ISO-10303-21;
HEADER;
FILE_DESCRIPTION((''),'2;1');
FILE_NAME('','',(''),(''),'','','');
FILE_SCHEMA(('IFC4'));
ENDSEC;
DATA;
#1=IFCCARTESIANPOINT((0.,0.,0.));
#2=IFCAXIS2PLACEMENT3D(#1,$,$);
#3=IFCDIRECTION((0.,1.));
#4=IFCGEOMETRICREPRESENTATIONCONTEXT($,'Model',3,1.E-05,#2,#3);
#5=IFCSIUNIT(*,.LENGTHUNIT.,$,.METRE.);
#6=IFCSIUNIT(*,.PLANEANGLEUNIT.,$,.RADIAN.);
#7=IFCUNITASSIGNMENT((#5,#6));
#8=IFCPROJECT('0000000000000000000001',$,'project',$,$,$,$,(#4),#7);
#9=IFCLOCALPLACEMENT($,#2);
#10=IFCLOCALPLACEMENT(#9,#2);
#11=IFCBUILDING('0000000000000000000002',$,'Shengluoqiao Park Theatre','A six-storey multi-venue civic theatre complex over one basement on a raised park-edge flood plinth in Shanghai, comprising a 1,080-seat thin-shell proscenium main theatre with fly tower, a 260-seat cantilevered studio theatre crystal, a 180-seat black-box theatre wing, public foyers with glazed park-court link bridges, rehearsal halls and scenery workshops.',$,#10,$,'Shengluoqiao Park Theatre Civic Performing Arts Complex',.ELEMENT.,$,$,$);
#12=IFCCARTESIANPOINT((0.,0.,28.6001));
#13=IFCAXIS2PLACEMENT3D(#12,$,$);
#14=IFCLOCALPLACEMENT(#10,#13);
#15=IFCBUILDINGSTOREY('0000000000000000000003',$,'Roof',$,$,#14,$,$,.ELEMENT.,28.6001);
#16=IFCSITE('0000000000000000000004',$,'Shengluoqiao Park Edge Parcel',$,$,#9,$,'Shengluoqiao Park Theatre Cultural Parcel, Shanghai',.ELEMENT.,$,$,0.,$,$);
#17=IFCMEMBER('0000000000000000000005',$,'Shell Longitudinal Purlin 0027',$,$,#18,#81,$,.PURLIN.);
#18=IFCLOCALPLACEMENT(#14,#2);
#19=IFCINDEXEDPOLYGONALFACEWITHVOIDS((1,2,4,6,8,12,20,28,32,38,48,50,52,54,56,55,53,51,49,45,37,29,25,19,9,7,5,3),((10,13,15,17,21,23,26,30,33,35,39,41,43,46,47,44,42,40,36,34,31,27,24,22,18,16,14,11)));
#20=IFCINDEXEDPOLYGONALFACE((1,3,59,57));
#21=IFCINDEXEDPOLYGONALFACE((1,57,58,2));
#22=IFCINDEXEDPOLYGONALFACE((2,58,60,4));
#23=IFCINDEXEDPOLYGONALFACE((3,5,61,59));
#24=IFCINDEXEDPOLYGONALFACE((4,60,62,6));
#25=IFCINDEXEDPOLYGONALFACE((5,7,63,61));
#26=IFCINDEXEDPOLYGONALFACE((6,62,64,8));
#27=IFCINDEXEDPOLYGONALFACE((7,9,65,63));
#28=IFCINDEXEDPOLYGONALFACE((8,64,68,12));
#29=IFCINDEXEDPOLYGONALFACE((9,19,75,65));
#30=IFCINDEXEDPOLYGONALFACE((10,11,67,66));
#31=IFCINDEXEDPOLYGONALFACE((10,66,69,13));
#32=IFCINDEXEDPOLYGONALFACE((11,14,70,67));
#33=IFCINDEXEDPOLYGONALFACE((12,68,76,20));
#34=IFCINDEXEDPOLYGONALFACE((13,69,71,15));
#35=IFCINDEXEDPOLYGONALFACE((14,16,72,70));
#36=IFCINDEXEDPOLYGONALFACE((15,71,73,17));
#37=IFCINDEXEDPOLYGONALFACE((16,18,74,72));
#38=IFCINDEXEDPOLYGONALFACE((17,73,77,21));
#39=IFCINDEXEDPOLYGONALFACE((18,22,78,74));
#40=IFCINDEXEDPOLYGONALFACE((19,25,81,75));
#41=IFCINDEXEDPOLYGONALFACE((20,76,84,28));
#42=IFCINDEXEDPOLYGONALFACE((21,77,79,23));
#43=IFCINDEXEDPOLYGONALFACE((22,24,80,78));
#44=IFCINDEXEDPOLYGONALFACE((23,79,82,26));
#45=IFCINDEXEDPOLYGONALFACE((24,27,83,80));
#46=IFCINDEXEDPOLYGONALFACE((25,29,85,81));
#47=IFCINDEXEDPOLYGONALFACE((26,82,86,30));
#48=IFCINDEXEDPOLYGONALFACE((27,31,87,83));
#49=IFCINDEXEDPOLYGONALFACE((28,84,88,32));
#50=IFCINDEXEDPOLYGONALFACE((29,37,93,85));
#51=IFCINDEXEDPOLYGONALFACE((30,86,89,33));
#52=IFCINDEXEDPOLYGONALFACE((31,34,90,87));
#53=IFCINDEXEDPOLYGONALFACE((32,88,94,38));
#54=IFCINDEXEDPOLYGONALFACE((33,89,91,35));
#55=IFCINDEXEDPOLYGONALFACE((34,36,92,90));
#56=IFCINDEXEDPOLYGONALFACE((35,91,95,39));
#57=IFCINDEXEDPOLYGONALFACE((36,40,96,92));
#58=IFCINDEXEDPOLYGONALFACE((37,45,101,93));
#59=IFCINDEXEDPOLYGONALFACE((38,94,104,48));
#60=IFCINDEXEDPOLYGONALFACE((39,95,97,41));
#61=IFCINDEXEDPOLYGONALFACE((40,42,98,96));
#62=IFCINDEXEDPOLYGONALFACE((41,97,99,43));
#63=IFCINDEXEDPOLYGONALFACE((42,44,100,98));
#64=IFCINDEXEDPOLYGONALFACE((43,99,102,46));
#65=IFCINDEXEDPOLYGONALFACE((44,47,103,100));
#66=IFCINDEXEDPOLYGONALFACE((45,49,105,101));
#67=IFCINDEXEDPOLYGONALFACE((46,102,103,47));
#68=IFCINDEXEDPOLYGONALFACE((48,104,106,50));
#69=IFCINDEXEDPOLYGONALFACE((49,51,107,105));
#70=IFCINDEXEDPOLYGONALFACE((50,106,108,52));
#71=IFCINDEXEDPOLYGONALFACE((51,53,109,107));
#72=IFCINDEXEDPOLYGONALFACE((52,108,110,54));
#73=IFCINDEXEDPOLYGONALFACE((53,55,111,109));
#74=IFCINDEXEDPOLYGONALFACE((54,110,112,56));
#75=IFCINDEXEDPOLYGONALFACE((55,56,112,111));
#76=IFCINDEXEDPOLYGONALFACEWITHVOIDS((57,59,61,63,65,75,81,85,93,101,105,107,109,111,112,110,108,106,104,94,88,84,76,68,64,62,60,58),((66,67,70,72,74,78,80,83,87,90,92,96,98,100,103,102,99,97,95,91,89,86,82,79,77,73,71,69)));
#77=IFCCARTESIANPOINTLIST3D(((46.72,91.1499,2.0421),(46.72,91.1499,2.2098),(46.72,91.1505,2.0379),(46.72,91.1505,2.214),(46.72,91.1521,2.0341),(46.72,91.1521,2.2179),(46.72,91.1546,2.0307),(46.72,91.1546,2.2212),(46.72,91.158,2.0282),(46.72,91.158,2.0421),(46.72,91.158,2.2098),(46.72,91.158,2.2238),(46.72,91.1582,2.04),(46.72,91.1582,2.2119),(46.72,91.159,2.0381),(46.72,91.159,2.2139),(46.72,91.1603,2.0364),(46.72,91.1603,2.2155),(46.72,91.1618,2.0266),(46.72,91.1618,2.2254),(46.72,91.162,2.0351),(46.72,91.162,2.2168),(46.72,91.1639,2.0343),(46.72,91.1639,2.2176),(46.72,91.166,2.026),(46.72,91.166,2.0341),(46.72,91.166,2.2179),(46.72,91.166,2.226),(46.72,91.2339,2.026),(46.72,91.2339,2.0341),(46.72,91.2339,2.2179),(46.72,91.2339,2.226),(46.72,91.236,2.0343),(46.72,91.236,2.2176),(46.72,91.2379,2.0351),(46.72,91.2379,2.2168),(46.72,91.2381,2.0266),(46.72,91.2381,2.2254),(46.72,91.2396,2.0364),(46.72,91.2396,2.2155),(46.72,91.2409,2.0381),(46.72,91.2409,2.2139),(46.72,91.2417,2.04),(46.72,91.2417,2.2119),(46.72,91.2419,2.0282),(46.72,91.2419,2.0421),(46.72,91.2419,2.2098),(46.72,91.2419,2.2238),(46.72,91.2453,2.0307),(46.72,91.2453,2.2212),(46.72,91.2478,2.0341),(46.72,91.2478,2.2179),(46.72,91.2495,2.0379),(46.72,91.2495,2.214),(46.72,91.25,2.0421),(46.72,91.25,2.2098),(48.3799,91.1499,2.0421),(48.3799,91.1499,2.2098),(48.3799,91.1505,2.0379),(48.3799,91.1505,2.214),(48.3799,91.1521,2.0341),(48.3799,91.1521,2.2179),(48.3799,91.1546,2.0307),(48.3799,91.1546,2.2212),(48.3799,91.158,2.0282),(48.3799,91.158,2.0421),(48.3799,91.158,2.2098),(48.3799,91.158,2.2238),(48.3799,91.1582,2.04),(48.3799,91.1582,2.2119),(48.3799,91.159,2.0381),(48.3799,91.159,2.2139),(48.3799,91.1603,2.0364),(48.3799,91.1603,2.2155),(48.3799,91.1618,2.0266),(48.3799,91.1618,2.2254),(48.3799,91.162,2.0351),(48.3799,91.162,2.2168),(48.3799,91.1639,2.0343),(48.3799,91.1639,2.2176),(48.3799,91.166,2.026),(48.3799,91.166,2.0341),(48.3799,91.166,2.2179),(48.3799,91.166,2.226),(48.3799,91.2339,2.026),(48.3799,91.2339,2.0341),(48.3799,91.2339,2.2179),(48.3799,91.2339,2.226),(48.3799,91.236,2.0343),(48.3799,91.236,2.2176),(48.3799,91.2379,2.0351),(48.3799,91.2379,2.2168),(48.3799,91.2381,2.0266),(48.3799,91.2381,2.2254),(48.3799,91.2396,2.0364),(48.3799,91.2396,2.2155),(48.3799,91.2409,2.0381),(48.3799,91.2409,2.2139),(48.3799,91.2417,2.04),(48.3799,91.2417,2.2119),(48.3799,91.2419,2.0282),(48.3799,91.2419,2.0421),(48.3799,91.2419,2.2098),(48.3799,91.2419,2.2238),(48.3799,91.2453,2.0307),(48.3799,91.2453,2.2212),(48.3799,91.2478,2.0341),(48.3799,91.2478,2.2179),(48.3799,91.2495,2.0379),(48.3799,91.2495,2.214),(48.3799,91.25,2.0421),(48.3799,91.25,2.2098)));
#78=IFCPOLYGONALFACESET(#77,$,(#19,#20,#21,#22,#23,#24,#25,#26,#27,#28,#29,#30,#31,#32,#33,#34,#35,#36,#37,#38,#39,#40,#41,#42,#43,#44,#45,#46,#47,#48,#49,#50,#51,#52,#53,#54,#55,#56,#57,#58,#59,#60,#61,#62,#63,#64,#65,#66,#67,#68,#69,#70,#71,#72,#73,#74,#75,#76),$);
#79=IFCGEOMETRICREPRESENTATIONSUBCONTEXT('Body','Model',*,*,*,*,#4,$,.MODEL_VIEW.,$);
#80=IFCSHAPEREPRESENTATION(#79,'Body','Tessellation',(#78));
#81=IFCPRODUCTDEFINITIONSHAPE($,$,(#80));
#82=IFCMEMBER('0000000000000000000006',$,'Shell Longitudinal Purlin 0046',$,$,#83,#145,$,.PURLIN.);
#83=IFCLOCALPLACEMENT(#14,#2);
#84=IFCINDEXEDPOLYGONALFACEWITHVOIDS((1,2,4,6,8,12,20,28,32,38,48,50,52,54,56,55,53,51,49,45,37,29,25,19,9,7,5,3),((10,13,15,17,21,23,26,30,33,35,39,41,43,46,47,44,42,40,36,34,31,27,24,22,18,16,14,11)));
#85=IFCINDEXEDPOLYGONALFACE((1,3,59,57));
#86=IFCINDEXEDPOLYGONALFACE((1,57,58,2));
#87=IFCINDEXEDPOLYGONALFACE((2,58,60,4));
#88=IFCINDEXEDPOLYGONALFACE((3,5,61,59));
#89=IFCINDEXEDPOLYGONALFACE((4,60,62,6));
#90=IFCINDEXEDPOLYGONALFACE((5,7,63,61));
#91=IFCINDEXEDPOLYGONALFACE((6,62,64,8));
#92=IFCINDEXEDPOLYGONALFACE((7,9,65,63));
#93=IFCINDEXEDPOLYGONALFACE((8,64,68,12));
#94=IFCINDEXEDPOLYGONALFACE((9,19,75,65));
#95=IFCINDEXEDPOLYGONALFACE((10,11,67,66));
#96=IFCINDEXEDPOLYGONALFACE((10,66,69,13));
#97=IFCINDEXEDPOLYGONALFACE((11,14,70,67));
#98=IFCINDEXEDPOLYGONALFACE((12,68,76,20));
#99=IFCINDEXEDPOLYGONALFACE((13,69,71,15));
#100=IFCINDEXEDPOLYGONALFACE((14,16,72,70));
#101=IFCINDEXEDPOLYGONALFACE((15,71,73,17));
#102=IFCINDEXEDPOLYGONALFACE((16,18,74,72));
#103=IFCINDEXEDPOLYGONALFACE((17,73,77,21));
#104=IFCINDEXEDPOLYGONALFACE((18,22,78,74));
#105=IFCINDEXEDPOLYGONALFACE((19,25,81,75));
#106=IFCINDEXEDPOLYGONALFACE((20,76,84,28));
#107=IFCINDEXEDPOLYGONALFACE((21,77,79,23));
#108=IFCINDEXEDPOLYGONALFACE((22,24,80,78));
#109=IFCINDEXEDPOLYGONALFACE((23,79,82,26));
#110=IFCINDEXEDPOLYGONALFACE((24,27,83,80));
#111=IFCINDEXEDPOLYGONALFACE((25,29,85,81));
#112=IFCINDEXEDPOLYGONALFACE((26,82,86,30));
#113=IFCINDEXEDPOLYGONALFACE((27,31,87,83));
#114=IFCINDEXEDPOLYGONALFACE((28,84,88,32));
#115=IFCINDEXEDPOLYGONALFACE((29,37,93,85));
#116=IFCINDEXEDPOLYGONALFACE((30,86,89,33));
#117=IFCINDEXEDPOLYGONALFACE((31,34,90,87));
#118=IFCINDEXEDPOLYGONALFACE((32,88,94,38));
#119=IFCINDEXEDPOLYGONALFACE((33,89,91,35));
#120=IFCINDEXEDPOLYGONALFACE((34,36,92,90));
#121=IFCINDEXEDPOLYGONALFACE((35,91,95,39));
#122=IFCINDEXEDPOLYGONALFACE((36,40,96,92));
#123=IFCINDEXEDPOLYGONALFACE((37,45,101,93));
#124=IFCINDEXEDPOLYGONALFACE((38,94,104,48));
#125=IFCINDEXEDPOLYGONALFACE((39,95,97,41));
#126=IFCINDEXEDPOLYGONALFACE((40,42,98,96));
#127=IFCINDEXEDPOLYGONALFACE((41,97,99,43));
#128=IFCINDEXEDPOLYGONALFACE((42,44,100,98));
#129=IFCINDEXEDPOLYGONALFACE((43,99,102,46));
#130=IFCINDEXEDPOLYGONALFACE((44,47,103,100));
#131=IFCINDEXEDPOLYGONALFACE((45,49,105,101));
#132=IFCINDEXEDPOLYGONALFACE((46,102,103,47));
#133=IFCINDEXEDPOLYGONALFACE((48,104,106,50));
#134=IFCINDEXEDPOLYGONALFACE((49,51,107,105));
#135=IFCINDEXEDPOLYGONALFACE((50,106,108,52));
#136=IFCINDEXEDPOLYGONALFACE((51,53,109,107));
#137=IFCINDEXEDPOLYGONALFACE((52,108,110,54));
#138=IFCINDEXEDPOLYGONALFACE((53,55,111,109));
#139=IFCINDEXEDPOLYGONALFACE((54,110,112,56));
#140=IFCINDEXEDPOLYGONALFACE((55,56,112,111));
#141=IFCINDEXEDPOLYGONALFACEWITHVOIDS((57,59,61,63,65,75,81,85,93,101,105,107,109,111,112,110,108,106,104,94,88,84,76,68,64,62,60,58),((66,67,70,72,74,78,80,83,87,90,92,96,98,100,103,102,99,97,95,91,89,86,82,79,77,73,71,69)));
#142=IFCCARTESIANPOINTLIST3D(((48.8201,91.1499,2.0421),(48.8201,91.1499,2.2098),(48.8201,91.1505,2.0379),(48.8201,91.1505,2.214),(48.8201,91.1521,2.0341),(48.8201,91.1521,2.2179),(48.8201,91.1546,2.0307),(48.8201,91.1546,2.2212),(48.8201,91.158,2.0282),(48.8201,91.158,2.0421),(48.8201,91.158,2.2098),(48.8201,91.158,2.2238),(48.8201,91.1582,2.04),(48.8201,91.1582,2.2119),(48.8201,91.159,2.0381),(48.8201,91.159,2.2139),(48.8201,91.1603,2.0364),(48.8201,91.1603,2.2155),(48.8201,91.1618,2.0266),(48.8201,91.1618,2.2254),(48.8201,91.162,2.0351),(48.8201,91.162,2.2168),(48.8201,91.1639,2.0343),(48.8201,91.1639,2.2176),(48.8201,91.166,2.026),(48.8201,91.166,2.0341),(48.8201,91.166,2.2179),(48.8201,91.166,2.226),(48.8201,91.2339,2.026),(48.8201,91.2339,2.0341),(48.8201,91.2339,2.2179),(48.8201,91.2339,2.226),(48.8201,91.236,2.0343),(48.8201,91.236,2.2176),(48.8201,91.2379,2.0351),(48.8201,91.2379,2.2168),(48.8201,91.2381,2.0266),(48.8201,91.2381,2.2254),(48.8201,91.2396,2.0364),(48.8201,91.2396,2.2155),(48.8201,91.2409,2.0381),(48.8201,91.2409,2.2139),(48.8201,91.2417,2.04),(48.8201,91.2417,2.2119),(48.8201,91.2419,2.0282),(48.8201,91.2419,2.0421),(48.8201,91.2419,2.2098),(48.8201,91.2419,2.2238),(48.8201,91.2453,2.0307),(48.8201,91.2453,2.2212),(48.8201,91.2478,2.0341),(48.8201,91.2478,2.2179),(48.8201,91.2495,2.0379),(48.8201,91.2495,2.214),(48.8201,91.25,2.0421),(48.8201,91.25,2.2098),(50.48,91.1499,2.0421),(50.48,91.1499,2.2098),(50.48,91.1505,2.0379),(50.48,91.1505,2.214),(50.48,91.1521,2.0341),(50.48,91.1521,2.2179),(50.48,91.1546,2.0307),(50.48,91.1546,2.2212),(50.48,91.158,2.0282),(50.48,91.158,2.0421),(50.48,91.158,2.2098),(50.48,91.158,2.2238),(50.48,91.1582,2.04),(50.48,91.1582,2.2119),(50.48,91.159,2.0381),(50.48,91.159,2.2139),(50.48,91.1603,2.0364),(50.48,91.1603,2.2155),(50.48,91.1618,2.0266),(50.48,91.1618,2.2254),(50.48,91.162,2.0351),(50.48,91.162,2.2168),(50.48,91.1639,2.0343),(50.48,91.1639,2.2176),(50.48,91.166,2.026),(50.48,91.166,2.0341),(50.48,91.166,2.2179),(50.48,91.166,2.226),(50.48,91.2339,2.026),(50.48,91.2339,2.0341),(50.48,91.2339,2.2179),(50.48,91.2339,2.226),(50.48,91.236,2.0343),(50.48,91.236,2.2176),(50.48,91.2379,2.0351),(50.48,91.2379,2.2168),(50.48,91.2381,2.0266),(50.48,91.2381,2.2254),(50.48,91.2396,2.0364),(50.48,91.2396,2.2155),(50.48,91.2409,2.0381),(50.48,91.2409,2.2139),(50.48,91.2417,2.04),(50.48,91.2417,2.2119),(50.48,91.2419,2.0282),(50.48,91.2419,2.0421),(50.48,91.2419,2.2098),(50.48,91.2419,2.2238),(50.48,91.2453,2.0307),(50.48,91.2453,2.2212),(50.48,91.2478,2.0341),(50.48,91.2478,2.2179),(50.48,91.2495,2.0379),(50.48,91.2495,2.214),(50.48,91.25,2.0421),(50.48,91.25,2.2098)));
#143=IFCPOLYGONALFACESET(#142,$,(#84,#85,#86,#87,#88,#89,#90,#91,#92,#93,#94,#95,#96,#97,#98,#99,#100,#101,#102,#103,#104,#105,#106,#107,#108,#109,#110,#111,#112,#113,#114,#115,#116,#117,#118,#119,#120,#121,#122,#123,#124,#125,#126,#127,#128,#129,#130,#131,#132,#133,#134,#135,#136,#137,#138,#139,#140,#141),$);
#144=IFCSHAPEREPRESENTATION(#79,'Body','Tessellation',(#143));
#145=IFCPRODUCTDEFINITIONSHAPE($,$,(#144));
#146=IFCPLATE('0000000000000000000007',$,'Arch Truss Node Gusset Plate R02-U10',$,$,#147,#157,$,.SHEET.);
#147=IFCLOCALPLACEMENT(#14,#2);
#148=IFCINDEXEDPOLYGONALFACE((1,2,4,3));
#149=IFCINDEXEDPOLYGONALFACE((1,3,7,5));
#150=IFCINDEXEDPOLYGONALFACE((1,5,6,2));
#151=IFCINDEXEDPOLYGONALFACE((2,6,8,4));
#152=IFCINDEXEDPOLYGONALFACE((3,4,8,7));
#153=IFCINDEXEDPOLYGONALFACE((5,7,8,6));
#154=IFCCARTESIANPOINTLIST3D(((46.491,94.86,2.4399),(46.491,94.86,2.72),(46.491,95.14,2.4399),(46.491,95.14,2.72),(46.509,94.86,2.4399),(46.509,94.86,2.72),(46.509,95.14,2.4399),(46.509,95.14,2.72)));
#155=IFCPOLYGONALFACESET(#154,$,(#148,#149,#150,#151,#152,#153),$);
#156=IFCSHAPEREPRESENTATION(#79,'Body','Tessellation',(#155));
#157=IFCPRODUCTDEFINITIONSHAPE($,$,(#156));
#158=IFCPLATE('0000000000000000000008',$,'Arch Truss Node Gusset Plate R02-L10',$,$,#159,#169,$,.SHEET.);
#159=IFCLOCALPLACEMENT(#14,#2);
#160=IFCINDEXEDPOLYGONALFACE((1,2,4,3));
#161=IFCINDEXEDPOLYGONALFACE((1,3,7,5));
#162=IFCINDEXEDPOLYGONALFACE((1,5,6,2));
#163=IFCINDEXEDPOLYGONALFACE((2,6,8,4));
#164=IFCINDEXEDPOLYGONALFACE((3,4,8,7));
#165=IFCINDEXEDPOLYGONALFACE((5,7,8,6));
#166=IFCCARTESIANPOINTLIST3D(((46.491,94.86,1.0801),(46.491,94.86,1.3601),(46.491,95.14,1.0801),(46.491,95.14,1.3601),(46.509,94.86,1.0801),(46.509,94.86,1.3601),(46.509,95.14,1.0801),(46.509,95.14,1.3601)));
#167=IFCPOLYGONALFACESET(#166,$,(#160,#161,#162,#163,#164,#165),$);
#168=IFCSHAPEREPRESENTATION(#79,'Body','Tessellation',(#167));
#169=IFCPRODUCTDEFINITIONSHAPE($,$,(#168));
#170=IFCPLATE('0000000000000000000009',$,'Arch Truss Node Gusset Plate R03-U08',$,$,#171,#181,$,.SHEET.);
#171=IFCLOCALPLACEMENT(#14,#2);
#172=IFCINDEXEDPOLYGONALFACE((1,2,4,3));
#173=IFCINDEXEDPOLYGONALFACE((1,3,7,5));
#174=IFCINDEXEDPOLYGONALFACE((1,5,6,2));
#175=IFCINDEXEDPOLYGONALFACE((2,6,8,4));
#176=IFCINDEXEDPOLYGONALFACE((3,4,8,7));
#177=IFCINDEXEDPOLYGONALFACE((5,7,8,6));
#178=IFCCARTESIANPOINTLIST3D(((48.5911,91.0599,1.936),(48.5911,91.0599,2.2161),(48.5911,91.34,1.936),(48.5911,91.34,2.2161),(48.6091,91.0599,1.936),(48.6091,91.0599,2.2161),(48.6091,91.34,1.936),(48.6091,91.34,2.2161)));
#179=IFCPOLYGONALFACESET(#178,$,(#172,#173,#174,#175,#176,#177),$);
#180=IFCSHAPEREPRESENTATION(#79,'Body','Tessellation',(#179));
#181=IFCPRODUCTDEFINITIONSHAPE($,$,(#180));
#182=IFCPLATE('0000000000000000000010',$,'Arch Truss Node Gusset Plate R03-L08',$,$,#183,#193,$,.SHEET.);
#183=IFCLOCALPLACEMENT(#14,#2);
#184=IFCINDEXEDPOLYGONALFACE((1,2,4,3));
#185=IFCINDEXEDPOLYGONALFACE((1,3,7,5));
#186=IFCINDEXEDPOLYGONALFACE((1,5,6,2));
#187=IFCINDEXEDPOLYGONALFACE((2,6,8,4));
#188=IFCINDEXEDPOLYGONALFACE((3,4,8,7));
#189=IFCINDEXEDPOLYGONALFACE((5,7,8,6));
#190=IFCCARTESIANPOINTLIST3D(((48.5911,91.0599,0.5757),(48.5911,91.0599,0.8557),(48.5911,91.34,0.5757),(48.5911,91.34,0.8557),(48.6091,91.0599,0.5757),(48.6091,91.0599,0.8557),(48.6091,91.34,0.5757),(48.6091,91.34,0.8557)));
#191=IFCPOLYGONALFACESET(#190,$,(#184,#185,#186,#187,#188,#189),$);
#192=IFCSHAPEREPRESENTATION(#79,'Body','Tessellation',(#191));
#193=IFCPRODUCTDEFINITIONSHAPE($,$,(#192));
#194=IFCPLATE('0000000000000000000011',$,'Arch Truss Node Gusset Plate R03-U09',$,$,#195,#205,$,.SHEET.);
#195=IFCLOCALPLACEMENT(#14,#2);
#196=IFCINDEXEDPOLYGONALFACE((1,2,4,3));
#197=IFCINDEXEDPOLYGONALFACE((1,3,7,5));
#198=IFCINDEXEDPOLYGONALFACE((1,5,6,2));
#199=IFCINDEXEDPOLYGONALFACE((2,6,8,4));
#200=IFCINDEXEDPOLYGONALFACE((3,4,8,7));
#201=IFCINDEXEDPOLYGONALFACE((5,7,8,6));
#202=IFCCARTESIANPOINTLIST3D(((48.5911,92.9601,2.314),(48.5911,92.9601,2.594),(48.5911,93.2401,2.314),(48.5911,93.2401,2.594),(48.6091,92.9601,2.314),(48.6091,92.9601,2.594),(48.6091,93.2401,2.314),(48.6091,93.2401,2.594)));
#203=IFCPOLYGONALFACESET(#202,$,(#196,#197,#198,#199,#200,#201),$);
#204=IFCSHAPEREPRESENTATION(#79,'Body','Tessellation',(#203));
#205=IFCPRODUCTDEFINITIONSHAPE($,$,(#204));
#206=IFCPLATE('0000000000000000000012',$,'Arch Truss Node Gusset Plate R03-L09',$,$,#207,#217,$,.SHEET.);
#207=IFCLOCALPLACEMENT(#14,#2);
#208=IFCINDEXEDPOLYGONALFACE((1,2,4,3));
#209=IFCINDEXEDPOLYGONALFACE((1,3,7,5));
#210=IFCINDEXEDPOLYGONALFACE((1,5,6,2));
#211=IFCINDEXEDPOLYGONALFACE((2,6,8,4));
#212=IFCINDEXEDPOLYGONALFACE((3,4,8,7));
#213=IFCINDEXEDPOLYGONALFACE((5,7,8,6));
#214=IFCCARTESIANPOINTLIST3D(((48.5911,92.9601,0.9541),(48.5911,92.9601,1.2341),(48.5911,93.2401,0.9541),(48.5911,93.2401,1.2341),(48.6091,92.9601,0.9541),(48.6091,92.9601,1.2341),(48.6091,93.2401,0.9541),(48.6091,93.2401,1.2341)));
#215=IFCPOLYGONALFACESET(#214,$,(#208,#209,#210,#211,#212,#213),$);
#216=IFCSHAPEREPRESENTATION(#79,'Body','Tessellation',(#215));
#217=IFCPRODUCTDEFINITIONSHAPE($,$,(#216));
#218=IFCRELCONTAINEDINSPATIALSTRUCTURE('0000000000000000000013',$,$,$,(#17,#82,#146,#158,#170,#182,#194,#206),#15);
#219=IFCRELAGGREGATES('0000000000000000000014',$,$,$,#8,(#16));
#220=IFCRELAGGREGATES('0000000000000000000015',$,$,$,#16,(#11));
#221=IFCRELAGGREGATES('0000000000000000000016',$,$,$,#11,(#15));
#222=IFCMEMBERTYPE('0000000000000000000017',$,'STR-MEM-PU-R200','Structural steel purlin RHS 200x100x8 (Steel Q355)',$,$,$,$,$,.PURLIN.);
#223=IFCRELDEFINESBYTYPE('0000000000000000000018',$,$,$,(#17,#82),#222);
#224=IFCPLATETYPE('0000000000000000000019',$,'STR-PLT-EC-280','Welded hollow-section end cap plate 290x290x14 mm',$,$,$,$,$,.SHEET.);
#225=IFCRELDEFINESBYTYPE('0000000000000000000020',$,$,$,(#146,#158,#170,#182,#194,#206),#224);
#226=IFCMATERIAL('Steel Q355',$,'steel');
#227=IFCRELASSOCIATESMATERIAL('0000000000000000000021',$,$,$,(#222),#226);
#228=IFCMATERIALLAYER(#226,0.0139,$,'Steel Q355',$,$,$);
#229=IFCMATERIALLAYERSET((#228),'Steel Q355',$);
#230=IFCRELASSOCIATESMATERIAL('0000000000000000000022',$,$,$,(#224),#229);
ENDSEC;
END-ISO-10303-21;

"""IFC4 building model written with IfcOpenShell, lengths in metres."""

from ifc_helpers import new_model, si_unit, direction, frame, origin, origin_2d, place, context, subcontext, project, spatial, rectangle, hollow_rectangle, extrude, material, layer, layer_set, material_profile, profile_set, type_object, element, save


model = new_model("IFC4")

# Units and contexts
model_context = context("Model", 3, precision=1e-05, world=origin(), true_north=direction((0.0, 1.0)))
body_context = subcontext(model_context, "Body", "Model", "MODEL_VIEW")
ifc_project = project(units=[si_unit("LENGTHUNIT", "METRE"), si_unit("PLANEANGLEUNIT", "RADIAN")], contexts=[model_context])

# Site, building, storey
site_placement = place(None, origin())
site = spatial("IfcSite", under=ifc_project, at=site_placement, Name="Shengluoqiao Park Edge Parcel", LongName="Shengluoqiao Park Theatre Cultural Parcel, Shanghai", CompositionType="ELEMENT", RefElevation=0.0)
building_placement = place(site_placement, origin())
building = spatial("IfcBuilding", under=site, at=building_placement, Name="Shengluoqiao Park Theatre", Description="A six-storey multi-venue civic theatre complex over one basement on a raised park-edge flood plinth in Shanghai, comprising a 1,080-seat thin-shell proscenium main theatre with fly tower, a 260-seat cantilevered studio theatre crystal, a 180-seat black-box theatre wing, public foyers with glazed park-court link bridges, rehearsal halls and scenery workshops.", LongName="Shengluoqiao Park Theatre Civic Performing Arts Complex", CompositionType="ELEMENT")
storey_placement = place(building_placement, frame((0.0, 0.0, 28.6001)))
storey = spatial("IfcBuildingStorey", under=building, at=storey_placement, Name="Roof", CompositionType="ELEMENT", Elevation=28.6001)

# Shared definitions
ifc_material_1 = material(Name="Steel Q355", Category="steel")

# Members
ifc_material_profile_1 = material_profile(ifc_material_1, hollow_rectangle(XDim=0.1001, YDim=0.2, WallThickness=0.0081, InnerFilletRadius=0.0081, OuterFilletRadius=0.0161, at=origin_2d()), Name="RHS 200x100x8")
ifc_profile_set_1 = profile_set([ifc_material_profile_1], Name="Steel Q355")
member_type_1 = type_object("IfcMemberType", Name="STR-MEM-PU-R200", Description="Structural steel purlin RHS 200x100x8 (Steel Q355)", PredefinedType="PURLIN", material=ifc_profile_set_1)
for number, where, z_axis, x_axis, name in (
    (1, (46.72, 91.2, 2.126), (1.0, 0.0, 0.0), (0.0, 1.0, 0.0), "Shell Longitudinal Purlin 0027"),
    (2, (48.8201, 91.2, 2.126), (1.0, 0.0, 0.0), (0.0, 1.0, 0.0), "Shell Longitudinal Purlin 0046"),
):
    element("IfcMember", number, at=place(storey_placement, frame(where, z_axis=z_axis, x_axis=x_axis)), inside=storey, type_object=member_type_1, Name=name, PredefinedType="PURLIN", context=body_context, shape_type="SweptSolid", body=[
        extrude(hollow_rectangle(XDim=0.1001, YDim=0.2, WallThickness=0.0081, InnerFilletRadius=0.0081, OuterFilletRadius=0.0161, at=origin_2d()), origin(), (0.0, 0.0, 1.0), 1.6599),
    ])

# Plates
ifc_layer_1 = layer(ifc_material_1, 0.0139, Name="Steel Q355")
ifc_layer_set_1 = layer_set([ifc_layer_1], Name="Steel Q355")
plate_type_1 = type_object("IfcPlateType", Name="STR-PLT-EC-280", Description="Welded hollow-section end cap plate 290x290x14 mm", PredefinedType="SHEET", material=ifc_layer_set_1)
for number, where, z_axis, x_axis, name in (
    (3, (46.5, 95.0, 2.4399), (0.0, 0.0, 1.0), (1.0, 0.0, 0.0), "Arch Truss Node Gusset Plate R02-U10"),
    (4, (46.5, 95.0, 1.0801), (0.0, 0.0, 1.0), (1.0, 0.0, 0.0), "Arch Truss Node Gusset Plate R02-L10"),
    (5, (48.6001, 91.2, 1.936), (0.0, 0.0, 1.0), (1.0, 0.0, 0.0), "Arch Truss Node Gusset Plate R03-U08"),
    (6, (48.6001, 91.2, 0.5757), (0.0, 0.0, 1.0), (1.0, 0.0, 0.0), "Arch Truss Node Gusset Plate R03-L08"),
    (7, (48.6001, 93.1001, 2.314), (0.0, 0.0, 1.0), (1.0, 0.0, 0.0), "Arch Truss Node Gusset Plate R03-U09"),
    (8, (48.6001, 93.1001, 0.9541), (0.0, 0.0, 1.0), (1.0, 0.0, 0.0), "Arch Truss Node Gusset Plate R03-L09"),
):
    element("IfcPlate", number, at=place(storey_placement, frame(where, z_axis=z_axis, x_axis=x_axis)), inside=storey, type_object=plate_type_1, Name=name, PredefinedType="SHEET", context=body_context, shape_type="SweptSolid", body=[
        extrude(rectangle(XDim=0.0181, YDim=0.28, at=origin_2d()), origin(), (0.0, 0.0, 1.0), 0.28),
    ])

save(model, "model.ifc")
